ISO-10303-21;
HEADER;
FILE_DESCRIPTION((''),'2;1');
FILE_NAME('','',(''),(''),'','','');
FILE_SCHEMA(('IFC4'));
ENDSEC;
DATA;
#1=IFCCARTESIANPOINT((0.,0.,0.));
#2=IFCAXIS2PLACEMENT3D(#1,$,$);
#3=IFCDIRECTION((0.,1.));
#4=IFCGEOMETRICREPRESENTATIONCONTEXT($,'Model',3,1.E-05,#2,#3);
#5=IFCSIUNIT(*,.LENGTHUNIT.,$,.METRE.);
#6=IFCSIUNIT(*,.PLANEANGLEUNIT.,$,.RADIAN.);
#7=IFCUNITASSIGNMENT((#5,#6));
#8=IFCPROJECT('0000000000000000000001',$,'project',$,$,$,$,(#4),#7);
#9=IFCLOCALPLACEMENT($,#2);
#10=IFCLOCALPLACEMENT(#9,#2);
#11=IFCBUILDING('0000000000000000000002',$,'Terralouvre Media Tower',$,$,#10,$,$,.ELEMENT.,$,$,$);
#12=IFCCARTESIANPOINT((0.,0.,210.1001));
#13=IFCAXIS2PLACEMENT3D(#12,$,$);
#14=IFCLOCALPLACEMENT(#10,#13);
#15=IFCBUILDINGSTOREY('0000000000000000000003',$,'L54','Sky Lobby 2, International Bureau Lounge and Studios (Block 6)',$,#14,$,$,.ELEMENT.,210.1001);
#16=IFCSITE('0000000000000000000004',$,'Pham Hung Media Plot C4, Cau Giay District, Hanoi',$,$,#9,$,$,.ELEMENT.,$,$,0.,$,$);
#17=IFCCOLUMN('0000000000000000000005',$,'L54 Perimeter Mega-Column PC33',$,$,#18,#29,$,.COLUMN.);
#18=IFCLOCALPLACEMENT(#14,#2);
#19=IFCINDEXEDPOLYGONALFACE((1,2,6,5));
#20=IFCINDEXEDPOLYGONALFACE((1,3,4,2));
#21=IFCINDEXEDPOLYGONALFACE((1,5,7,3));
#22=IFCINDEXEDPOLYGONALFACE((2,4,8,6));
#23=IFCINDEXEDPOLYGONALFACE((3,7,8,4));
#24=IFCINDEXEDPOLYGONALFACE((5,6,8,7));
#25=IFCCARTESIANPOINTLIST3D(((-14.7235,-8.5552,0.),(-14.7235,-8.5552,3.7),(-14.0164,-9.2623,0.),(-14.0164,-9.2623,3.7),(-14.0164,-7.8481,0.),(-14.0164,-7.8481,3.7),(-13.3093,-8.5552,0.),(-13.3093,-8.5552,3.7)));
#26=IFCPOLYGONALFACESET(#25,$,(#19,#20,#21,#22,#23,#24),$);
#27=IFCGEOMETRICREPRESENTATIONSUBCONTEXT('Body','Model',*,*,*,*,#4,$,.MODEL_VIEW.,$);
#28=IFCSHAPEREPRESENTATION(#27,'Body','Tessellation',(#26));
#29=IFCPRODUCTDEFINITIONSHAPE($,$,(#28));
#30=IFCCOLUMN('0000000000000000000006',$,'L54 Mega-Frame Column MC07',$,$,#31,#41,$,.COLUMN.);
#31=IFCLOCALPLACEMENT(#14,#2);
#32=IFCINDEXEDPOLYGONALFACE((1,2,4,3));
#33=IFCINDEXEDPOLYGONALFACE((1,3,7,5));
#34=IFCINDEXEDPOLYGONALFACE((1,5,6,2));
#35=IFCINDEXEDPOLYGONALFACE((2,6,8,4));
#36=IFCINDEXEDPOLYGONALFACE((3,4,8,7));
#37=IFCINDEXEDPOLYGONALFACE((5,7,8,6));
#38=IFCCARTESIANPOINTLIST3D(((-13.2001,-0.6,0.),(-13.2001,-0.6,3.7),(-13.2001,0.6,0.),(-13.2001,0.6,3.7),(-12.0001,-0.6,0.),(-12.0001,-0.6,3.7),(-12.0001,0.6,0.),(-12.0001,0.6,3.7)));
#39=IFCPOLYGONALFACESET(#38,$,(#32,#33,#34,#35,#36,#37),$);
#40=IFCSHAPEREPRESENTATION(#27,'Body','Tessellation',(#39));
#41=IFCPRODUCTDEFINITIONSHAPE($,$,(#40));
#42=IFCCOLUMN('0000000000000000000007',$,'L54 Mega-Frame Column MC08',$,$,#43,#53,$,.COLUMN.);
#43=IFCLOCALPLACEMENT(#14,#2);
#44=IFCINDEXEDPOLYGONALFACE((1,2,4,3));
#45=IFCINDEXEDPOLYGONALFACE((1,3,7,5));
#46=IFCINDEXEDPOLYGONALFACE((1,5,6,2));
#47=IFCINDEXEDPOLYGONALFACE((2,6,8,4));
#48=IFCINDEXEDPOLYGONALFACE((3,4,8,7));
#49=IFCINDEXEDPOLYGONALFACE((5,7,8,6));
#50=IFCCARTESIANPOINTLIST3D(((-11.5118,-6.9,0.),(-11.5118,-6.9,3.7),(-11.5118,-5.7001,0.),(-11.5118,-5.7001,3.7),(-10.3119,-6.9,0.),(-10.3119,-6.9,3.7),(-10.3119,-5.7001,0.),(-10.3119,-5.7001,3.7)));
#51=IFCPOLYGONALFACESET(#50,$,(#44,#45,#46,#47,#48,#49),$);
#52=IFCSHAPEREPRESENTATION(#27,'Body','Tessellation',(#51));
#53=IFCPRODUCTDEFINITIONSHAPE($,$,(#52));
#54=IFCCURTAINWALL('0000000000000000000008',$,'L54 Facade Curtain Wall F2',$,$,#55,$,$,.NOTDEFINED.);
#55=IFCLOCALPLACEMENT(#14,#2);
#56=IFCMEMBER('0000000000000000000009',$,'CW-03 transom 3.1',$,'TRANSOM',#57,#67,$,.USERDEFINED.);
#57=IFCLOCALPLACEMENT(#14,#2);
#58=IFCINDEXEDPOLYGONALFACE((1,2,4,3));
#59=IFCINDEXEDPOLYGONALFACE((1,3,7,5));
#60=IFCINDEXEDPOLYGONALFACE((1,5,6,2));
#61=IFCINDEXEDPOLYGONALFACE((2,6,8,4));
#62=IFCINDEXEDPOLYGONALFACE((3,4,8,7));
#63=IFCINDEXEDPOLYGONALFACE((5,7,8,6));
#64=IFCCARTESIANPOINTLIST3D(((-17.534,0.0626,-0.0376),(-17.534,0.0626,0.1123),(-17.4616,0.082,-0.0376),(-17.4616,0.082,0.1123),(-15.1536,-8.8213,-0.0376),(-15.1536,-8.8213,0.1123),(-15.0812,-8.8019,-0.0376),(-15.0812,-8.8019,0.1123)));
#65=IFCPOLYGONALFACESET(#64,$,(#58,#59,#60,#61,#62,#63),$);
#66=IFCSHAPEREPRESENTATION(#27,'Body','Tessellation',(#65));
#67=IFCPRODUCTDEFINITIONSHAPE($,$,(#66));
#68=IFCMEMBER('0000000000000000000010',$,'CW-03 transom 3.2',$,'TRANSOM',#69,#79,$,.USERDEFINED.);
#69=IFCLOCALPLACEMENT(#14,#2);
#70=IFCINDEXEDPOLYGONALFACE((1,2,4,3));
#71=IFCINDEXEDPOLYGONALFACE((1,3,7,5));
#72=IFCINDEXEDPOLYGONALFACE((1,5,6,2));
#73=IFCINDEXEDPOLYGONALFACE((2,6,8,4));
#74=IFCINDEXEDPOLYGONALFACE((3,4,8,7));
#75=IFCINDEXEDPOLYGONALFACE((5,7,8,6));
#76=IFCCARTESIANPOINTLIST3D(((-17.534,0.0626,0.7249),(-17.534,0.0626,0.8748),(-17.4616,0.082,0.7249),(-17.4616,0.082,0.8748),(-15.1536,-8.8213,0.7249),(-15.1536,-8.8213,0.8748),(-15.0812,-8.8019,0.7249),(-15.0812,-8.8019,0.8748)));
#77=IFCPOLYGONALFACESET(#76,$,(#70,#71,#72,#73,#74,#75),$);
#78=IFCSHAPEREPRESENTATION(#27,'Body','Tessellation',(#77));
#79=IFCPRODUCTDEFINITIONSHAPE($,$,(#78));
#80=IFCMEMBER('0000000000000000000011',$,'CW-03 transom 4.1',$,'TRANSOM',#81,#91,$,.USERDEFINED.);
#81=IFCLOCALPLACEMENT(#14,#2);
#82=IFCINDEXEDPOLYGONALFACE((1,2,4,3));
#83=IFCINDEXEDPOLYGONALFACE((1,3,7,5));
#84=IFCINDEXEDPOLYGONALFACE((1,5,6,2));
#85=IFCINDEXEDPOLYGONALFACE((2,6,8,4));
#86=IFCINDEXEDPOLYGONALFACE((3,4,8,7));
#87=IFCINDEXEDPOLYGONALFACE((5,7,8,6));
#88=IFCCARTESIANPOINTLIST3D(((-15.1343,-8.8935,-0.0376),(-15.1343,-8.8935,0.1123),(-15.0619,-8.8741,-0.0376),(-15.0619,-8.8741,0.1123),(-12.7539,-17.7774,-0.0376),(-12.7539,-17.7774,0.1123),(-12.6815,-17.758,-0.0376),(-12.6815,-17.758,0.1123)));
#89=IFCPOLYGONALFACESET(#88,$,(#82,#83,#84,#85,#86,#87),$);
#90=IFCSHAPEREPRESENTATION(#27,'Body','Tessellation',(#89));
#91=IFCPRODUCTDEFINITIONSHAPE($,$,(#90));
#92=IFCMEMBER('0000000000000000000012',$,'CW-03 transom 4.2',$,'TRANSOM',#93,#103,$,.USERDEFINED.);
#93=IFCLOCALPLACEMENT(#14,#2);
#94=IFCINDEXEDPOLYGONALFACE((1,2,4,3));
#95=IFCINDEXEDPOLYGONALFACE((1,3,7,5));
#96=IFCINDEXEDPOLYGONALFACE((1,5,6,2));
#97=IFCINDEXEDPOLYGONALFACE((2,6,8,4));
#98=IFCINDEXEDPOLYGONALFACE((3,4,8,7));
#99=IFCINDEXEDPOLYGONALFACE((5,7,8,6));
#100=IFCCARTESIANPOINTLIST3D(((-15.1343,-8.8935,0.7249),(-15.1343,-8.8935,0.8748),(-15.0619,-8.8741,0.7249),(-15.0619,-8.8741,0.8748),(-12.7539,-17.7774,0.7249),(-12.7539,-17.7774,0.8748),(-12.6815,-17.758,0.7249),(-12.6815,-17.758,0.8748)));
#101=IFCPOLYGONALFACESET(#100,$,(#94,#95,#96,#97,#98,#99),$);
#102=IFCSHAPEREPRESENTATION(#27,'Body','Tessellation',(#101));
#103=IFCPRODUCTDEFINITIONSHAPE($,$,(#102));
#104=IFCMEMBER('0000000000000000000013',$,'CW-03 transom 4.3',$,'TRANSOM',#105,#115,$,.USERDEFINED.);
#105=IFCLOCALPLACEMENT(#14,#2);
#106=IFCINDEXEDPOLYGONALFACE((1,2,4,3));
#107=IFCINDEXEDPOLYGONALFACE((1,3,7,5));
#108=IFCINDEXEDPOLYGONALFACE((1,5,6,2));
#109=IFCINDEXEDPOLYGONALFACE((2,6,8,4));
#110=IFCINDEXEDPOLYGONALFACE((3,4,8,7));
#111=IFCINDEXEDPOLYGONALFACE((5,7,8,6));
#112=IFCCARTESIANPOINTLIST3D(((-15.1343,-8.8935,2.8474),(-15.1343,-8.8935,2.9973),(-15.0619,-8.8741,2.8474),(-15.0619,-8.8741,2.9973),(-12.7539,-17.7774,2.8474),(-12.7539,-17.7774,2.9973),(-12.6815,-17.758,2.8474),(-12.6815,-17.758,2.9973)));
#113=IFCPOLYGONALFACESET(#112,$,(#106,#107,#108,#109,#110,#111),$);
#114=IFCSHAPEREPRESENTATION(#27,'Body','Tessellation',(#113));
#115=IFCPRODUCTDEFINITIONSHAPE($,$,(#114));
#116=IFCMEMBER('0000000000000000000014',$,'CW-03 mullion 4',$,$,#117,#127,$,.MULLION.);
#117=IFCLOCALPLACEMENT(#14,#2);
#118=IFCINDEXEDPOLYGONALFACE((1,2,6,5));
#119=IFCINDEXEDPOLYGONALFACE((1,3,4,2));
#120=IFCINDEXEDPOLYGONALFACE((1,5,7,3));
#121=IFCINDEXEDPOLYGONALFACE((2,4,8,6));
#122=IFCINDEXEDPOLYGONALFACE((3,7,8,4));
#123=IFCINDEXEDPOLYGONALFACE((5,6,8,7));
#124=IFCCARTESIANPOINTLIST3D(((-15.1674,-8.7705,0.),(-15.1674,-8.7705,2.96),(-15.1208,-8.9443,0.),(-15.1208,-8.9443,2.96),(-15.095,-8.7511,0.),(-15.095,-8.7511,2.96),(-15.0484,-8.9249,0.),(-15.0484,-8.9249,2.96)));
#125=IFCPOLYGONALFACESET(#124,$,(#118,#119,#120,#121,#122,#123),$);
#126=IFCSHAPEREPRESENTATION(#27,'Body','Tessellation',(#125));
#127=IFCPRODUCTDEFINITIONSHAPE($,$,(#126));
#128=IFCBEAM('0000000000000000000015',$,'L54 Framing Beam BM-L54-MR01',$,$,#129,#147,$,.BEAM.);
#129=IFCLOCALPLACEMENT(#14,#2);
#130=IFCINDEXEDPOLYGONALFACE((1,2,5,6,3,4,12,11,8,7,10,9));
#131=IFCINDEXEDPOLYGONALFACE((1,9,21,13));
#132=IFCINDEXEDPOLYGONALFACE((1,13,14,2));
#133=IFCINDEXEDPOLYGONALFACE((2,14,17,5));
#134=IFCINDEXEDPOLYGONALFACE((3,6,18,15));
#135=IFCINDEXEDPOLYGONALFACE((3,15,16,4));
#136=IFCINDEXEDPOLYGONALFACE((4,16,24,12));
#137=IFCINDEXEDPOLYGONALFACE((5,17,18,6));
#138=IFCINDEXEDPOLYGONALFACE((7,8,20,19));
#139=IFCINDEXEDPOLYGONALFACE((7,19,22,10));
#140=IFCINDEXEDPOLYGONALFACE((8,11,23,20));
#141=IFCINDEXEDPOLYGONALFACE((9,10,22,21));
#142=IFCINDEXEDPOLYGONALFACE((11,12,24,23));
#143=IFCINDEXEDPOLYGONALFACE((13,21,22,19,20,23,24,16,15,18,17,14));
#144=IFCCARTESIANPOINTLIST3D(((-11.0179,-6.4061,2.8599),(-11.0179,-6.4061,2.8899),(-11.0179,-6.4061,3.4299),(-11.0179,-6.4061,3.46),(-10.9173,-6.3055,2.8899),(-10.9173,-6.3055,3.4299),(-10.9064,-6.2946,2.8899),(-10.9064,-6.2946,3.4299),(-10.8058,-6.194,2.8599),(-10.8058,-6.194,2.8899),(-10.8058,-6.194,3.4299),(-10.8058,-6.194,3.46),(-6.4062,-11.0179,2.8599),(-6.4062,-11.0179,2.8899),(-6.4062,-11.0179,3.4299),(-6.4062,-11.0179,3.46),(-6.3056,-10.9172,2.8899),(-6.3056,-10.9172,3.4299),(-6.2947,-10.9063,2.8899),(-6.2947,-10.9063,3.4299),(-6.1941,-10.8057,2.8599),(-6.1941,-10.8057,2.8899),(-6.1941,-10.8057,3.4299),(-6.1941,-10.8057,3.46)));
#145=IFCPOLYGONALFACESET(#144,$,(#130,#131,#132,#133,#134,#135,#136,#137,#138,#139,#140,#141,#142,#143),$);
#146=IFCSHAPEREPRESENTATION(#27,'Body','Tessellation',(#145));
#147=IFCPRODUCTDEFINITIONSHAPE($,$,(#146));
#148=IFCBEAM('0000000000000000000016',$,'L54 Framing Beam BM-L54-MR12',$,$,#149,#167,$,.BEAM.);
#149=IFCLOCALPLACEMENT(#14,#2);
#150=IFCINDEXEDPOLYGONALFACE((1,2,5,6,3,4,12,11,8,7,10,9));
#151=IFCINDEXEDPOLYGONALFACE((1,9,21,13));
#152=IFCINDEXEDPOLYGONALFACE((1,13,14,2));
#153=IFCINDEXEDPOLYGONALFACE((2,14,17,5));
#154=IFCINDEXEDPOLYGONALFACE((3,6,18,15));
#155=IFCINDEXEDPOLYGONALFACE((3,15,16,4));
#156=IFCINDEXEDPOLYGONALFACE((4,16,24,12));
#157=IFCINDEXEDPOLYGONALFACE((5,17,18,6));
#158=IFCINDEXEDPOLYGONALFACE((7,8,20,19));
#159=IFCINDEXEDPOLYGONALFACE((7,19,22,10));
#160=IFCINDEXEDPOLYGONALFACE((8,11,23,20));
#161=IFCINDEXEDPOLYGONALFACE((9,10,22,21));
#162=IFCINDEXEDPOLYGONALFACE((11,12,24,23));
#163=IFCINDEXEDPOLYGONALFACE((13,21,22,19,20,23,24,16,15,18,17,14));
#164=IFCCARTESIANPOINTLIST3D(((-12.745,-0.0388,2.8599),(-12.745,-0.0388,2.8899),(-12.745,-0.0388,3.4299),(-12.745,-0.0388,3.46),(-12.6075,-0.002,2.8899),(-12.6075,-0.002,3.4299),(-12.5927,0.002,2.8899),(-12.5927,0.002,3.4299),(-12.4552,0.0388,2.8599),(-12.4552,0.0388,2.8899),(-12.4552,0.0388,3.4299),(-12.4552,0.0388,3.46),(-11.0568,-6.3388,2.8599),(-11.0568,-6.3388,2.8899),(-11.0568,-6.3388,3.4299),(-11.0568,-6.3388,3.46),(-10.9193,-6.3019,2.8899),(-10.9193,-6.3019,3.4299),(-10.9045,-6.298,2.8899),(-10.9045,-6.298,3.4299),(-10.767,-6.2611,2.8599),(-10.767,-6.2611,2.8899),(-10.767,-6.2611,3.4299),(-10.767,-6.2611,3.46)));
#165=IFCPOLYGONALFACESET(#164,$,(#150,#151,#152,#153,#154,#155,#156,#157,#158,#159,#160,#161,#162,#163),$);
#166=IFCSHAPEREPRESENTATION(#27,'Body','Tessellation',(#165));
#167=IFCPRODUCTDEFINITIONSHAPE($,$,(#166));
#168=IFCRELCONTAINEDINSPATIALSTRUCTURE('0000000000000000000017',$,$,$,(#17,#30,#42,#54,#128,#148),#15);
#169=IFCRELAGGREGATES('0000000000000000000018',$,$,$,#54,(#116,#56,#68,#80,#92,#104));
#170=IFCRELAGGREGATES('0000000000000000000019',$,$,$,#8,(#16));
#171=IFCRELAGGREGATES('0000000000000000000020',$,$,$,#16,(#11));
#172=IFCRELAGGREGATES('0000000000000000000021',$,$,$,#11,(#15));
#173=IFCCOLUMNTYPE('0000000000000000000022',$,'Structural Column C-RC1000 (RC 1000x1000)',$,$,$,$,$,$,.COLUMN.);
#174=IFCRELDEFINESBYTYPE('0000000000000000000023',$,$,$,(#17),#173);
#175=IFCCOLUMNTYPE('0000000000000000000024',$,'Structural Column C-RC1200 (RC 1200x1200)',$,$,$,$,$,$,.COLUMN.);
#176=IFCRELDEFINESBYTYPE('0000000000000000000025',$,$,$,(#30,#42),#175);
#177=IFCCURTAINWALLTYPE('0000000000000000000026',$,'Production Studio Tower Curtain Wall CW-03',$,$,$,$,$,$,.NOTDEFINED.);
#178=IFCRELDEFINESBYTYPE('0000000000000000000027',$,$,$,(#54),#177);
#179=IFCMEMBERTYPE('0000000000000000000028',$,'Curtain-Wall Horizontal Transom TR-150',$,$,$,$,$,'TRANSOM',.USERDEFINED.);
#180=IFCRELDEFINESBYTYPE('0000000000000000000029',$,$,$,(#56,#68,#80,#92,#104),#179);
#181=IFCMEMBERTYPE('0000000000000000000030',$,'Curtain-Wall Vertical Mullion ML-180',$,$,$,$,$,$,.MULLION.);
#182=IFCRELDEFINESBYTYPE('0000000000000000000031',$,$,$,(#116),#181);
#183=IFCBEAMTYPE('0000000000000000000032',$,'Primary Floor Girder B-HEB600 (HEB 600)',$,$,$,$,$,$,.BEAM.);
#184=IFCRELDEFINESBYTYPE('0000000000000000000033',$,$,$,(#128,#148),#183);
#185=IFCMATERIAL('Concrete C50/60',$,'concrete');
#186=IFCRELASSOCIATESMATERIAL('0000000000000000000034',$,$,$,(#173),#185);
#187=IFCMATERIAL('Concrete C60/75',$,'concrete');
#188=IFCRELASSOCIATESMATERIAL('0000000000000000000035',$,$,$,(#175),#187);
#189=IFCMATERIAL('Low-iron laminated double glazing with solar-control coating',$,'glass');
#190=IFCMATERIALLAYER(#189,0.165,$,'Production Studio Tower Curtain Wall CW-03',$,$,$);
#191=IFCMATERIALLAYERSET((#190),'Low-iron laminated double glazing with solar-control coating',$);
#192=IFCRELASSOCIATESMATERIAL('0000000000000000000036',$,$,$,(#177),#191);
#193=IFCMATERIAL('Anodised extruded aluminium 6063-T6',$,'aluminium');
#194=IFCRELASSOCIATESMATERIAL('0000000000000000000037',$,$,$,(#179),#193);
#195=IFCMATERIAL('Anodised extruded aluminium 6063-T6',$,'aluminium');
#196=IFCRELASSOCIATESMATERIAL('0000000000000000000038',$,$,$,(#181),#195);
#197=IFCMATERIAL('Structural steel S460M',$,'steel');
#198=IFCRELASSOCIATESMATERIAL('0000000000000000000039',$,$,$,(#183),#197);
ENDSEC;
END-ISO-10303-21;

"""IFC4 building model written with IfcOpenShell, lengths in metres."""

from ifc_helpers import new_model, si_unit, direction, frame, origin, origin_2d, place, context, subcontext, project, spatial, rectangle, i_section, extrude, material, layer, layer_set, material_profile, profile_set, type_object, element, aggregate, save


model = new_model("IFC4")

# Units and contexts
model_context = context("Model", 3, precision=1e-05, world=origin(), true_north=direction((0.0, 1.0)))
body_context = subcontext(model_context, "Body", "Model", "MODEL_VIEW")
ifc_project = project(units=[si_unit("LENGTHUNIT", "METRE"), si_unit("PLANEANGLEUNIT", "RADIAN")], contexts=[model_context])

# Site, building, storey
site_placement = place(None, origin())
site = spatial("IfcSite", under=ifc_project, at=site_placement, Name="Pham Hung Media Plot C4, Cau Giay District, Hanoi", CompositionType="ELEMENT", RefElevation=0.0)
building_placement = place(site_placement, origin())
building = spatial("IfcBuilding", under=site, at=building_placement, Name="Terralouvre Media Tower", CompositionType="ELEMENT")
storey_placement = place(building_placement, frame((0.0, 0.0, 210.1001)))
storey = spatial("IfcBuildingStorey", under=building, at=storey_placement, Name="L54", Description="Sky Lobby 2, International Bureau Lounge and Studios (Block 6)", CompositionType="ELEMENT", Elevation=210.1001)

# Columns
ifc_material_1 = material(Name="Concrete C50/60", Category="concrete")
ifc_material_profile_1 = material_profile(ifc_material_1, rectangle(XDim=1.0, YDim=1.0, at=origin_2d()), Name="RC 1000x1000")
ifc_profile_set_1 = profile_set([ifc_material_profile_1], Name="Concrete C50/60")
column_type_1 = type_object("IfcColumnType", Name="Structural Column C-RC1000 (RC 1000x1000)", PredefinedType="COLUMN", material=ifc_profile_set_1)
column_placement = place(storey_placement, frame((-14.0164, -8.5552, 0.0), z_axis=(0.0, 0.0, 1.0), x_axis=(0.707107, 0.707107, 0.0)))
element("IfcColumn", 1, at=column_placement, inside=storey, type_object=column_type_1, Name="L54 Perimeter Mega-Column PC33", PredefinedType="COLUMN", context=body_context, shape_type="SweptSolid", body=[
    extrude(rectangle(XDim=1.0, YDim=1.0, at=origin_2d()), origin(), (0.0, 0.0, 1.0), 3.7),
])
ifc_material_2 = material(Name="Concrete C60/75", Category="concrete")
ifc_material_profile_2 = material_profile(ifc_material_2, rectangle(XDim=1.2, YDim=1.2, at=origin_2d()), Name="RC 1200x1200")
ifc_profile_set_2 = profile_set([ifc_material_profile_2], Name="Concrete C60/75")
column_type_2 = type_object("IfcColumnType", Name="Structural Column C-RC1200 (RC 1200x1200)", PredefinedType="COLUMN", material=ifc_profile_set_2)
for number, where, z_axis, x_axis, name in (
    (2, (-12.6001, 0.0, 0.0), (0.0, 0.0, 1.0), (1.0, 0.0, 0.0), "L54 Mega-Frame Column MC07"),
    (3, (-10.9119, -6.3, 0.0), (0.0, 0.0, 1.0), (1.0, 0.0, 0.0), "L54 Mega-Frame Column MC08"),
):
    element("IfcColumn", number, at=place(storey_placement, frame(where, z_axis=z_axis, x_axis=x_axis)), inside=storey, type_object=column_type_2, Name=name, PredefinedType="COLUMN", context=body_context, shape_type="SweptSolid", body=[
        extrude(rectangle(XDim=1.2, YDim=1.2, at=origin_2d()), origin(), (0.0, 0.0, 1.0), 3.7),
    ])

# Curtain wall, members
ifc_material_3 = material(Name="Low-iron laminated double glazing with solar-control coating", Category="glass")
ifc_layer_1 = layer(ifc_material_3, 0.165, Name="Production Studio Tower Curtain Wall CW-03")
ifc_layer_set_1 = layer_set([ifc_layer_1], Name="Low-iron laminated double glazing with solar-control coating")
curtain_wall_type = type_object("IfcCurtainWallType", Name="Production Studio Tower Curtain Wall CW-03", PredefinedType="NOTDEFINED", material=ifc_layer_set_1)
curtain_wall_placement = place(storey_placement, origin())
curtain_wall = element("IfcCurtainWall", 4, at=curtain_wall_placement, inside=storey, type_object=curtain_wall_type, Name="L54 Facade Curtain Wall F2", PredefinedType="NOTDEFINED")
ifc_material_4 = material(Name="Anodised extruded aluminium 6063-T6", Category="aluminium")
ifc_material_profile_3 = material_profile(ifc_material_4, rectangle(XDim=0.075, YDim=0.1499, at=origin_2d()), Name="ALU 75x150")
ifc_profile_set_3 = profile_set([ifc_material_profile_3], Name="Anodised extruded aluminium 6063-T6")
member_type_1 = type_object("IfcMemberType", Name="Curtain-Wall Horizontal Transom TR-150", ElementType="TRANSOM", PredefinedType="USERDEFINED", material=ifc_profile_set_3)
member_1_placement = place(storey_placement, frame((-17.4978, 0.0723, 0.0374), z_axis=(0.258816, -0.965927, 0.0), x_axis=(0.965927, 0.258816, 0.0)))
member_1 = element("IfcMember", 5, at=member_1_placement, type_object=member_type_1, Name="CW-03 transom 3.1", ObjectType="TRANSOM", PredefinedType="USERDEFINED", context=body_context, shape_type="SweptSolid", body=[
    extrude(rectangle(XDim=0.075, YDim=0.1499, at=origin_2d()), origin(), (0.0, 0.0, 1.0), 9.1973),
])
member_2_placement = place(storey_placement, frame((-17.4978, 0.0723, 0.7998), z_axis=(0.258816, -0.965927, 0.0), x_axis=(0.965927, 0.258816, 0.0)))
member_2 = element("IfcMember", 6, at=member_2_placement, type_object=member_type_1, Name="CW-03 transom 3.2", ObjectType="TRANSOM", PredefinedType="USERDEFINED", context=body_context, shape_type="SweptSolid", body=[
    extrude(rectangle(XDim=0.075, YDim=0.1499, at=origin_2d()), origin(), (0.0, 0.0, 1.0), 9.1973),
])
member_3_placement = place(storey_placement, frame((-15.0981, -8.8838, 0.0374), z_axis=(0.258816, -0.965927, 0.0), x_axis=(0.965927, 0.258816, 0.0)))
member_3 = element("IfcMember", 7, at=member_3_placement, type_object=member_type_1, Name="CW-03 transom 4.1", ObjectType="TRANSOM", PredefinedType="USERDEFINED", context=body_context, shape_type="SweptSolid", body=[
    extrude(rectangle(XDim=0.075, YDim=0.1499, at=origin_2d()), origin(), (0.0, 0.0, 1.0), 9.1973),
])
member_4_placement = place(storey_placement, frame((-15.0981, -8.8838, 0.7998), z_axis=(0.258816, -0.965927, 0.0), x_axis=(0.965927, 0.258816, 0.0)))
member_4 = element("IfcMember", 8, at=member_4_placement, type_object=member_type_1, Name="CW-03 transom 4.2", ObjectType="TRANSOM", PredefinedType="USERDEFINED", context=body_context, shape_type="SweptSolid", body=[
    extrude(rectangle(XDim=0.075, YDim=0.1499, at=origin_2d()), origin(), (0.0, 0.0, 1.0), 9.1973),
])
member_5_placement = place(storey_placement, frame((-15.0981, -8.8838, 2.9224), z_axis=(0.258816, -0.965927, 0.0), x_axis=(0.965927, 0.258816, 0.0)))
member_5 = element("IfcMember", 9, at=member_5_placement, type_object=member_type_1, Name="CW-03 transom 4.3", ObjectType="TRANSOM", PredefinedType="USERDEFINED", context=body_context, shape_type="SweptSolid", body=[
    extrude(rectangle(XDim=0.075, YDim=0.1499, at=origin_2d()), origin(), (0.0, 0.0, 1.0), 9.1973),
])
ifc_material_5 = material(Name="Anodised extruded aluminium 6063-T6", Category="aluminium")
ifc_material_profile_4 = material_profile(ifc_material_5, rectangle(XDim=0.075, YDim=0.1799, at=origin_2d()), Name="ALU 75x180")
ifc_profile_set_4 = profile_set([ifc_material_profile_4], Name="Anodised extruded aluminium 6063-T6")
member_type_2 = type_object("IfcMemberType", Name="Curtain-Wall Vertical Mullion ML-180", PredefinedType="MULLION", material=ifc_profile_set_4)
member_6_placement = place(storey_placement, frame((-15.1079, -8.8477, 0.0), z_axis=(0.0, 0.0, 1.0), x_axis=(0.965926, 0.258819, 0.0)))
member_6 = element("IfcMember", 10, at=member_6_placement, type_object=member_type_2, Name="CW-03 mullion 4", PredefinedType="MULLION", context=body_context, shape_type="SweptSolid", body=[
    extrude(rectangle(XDim=0.075, YDim=0.1799, at=origin_2d()), origin(), (0.0, 0.0, 1.0), 2.96),
])

# Beams
ifc_material_6 = material(Name="Structural steel S460M", Category="steel")
ifc_material_profile_5 = material_profile(ifc_material_6, i_section(OverallWidth=0.3, OverallDepth=0.6001, WebThickness=0.0154, FlangeThickness=0.03, at=origin_2d()), Name="HEB 600")
ifc_profile_set_5 = profile_set([ifc_material_profile_5], Name="Structural steel S460M")
beam_type_1 = type_object("IfcBeamType", Name="Primary Floor Girder B-HEB600 (HEB 600)", PredefinedType="BEAM", material=ifc_profile_set_5)
beam_1_placement = place(storey_placement, frame((-10.9119, -6.3, 3.1599), z_axis=(0.707107, -0.707107, 0.0), x_axis=(0.707107, 0.707107, 0.0)))
element("IfcBeam", 11, at=beam_1_placement, inside=storey, type_object=beam_type_1, Name="L54 Framing Beam BM-L54-MR01", PredefinedType="BEAM", context=body_context, shape_type="SweptSolid", body=[
    extrude(i_section(OverallWidth=0.3, OverallDepth=0.6001, WebThickness=0.0154, FlangeThickness=0.03, at=origin_2d()), origin(), (0.0, 0.0, 1.0), 6.522),
])
beam_2_placement = place(storey_placement, frame((-12.6001, 0.0, 3.1599), z_axis=(0.258839, -0.96592, 0.0), x_axis=(0.96592, 0.258839, 0.0)))
element("IfcBeam", 12, at=beam_2_placement, inside=storey, type_object=beam_type_1, Name="L54 Framing Beam BM-L54-MR12", PredefinedType="BEAM", context=body_context, shape_type="SweptSolid", body=[
    extrude(i_section(OverallWidth=0.3, OverallDepth=0.6001, WebThickness=0.0154, FlangeThickness=0.03, at=origin_2d()), origin(), (0.0, 0.0, 1.0), 6.5222),
])

aggregate(curtain_wall, [member_6, member_1, member_2, member_3, member_4, member_5])

save(model, "model.ifc")
